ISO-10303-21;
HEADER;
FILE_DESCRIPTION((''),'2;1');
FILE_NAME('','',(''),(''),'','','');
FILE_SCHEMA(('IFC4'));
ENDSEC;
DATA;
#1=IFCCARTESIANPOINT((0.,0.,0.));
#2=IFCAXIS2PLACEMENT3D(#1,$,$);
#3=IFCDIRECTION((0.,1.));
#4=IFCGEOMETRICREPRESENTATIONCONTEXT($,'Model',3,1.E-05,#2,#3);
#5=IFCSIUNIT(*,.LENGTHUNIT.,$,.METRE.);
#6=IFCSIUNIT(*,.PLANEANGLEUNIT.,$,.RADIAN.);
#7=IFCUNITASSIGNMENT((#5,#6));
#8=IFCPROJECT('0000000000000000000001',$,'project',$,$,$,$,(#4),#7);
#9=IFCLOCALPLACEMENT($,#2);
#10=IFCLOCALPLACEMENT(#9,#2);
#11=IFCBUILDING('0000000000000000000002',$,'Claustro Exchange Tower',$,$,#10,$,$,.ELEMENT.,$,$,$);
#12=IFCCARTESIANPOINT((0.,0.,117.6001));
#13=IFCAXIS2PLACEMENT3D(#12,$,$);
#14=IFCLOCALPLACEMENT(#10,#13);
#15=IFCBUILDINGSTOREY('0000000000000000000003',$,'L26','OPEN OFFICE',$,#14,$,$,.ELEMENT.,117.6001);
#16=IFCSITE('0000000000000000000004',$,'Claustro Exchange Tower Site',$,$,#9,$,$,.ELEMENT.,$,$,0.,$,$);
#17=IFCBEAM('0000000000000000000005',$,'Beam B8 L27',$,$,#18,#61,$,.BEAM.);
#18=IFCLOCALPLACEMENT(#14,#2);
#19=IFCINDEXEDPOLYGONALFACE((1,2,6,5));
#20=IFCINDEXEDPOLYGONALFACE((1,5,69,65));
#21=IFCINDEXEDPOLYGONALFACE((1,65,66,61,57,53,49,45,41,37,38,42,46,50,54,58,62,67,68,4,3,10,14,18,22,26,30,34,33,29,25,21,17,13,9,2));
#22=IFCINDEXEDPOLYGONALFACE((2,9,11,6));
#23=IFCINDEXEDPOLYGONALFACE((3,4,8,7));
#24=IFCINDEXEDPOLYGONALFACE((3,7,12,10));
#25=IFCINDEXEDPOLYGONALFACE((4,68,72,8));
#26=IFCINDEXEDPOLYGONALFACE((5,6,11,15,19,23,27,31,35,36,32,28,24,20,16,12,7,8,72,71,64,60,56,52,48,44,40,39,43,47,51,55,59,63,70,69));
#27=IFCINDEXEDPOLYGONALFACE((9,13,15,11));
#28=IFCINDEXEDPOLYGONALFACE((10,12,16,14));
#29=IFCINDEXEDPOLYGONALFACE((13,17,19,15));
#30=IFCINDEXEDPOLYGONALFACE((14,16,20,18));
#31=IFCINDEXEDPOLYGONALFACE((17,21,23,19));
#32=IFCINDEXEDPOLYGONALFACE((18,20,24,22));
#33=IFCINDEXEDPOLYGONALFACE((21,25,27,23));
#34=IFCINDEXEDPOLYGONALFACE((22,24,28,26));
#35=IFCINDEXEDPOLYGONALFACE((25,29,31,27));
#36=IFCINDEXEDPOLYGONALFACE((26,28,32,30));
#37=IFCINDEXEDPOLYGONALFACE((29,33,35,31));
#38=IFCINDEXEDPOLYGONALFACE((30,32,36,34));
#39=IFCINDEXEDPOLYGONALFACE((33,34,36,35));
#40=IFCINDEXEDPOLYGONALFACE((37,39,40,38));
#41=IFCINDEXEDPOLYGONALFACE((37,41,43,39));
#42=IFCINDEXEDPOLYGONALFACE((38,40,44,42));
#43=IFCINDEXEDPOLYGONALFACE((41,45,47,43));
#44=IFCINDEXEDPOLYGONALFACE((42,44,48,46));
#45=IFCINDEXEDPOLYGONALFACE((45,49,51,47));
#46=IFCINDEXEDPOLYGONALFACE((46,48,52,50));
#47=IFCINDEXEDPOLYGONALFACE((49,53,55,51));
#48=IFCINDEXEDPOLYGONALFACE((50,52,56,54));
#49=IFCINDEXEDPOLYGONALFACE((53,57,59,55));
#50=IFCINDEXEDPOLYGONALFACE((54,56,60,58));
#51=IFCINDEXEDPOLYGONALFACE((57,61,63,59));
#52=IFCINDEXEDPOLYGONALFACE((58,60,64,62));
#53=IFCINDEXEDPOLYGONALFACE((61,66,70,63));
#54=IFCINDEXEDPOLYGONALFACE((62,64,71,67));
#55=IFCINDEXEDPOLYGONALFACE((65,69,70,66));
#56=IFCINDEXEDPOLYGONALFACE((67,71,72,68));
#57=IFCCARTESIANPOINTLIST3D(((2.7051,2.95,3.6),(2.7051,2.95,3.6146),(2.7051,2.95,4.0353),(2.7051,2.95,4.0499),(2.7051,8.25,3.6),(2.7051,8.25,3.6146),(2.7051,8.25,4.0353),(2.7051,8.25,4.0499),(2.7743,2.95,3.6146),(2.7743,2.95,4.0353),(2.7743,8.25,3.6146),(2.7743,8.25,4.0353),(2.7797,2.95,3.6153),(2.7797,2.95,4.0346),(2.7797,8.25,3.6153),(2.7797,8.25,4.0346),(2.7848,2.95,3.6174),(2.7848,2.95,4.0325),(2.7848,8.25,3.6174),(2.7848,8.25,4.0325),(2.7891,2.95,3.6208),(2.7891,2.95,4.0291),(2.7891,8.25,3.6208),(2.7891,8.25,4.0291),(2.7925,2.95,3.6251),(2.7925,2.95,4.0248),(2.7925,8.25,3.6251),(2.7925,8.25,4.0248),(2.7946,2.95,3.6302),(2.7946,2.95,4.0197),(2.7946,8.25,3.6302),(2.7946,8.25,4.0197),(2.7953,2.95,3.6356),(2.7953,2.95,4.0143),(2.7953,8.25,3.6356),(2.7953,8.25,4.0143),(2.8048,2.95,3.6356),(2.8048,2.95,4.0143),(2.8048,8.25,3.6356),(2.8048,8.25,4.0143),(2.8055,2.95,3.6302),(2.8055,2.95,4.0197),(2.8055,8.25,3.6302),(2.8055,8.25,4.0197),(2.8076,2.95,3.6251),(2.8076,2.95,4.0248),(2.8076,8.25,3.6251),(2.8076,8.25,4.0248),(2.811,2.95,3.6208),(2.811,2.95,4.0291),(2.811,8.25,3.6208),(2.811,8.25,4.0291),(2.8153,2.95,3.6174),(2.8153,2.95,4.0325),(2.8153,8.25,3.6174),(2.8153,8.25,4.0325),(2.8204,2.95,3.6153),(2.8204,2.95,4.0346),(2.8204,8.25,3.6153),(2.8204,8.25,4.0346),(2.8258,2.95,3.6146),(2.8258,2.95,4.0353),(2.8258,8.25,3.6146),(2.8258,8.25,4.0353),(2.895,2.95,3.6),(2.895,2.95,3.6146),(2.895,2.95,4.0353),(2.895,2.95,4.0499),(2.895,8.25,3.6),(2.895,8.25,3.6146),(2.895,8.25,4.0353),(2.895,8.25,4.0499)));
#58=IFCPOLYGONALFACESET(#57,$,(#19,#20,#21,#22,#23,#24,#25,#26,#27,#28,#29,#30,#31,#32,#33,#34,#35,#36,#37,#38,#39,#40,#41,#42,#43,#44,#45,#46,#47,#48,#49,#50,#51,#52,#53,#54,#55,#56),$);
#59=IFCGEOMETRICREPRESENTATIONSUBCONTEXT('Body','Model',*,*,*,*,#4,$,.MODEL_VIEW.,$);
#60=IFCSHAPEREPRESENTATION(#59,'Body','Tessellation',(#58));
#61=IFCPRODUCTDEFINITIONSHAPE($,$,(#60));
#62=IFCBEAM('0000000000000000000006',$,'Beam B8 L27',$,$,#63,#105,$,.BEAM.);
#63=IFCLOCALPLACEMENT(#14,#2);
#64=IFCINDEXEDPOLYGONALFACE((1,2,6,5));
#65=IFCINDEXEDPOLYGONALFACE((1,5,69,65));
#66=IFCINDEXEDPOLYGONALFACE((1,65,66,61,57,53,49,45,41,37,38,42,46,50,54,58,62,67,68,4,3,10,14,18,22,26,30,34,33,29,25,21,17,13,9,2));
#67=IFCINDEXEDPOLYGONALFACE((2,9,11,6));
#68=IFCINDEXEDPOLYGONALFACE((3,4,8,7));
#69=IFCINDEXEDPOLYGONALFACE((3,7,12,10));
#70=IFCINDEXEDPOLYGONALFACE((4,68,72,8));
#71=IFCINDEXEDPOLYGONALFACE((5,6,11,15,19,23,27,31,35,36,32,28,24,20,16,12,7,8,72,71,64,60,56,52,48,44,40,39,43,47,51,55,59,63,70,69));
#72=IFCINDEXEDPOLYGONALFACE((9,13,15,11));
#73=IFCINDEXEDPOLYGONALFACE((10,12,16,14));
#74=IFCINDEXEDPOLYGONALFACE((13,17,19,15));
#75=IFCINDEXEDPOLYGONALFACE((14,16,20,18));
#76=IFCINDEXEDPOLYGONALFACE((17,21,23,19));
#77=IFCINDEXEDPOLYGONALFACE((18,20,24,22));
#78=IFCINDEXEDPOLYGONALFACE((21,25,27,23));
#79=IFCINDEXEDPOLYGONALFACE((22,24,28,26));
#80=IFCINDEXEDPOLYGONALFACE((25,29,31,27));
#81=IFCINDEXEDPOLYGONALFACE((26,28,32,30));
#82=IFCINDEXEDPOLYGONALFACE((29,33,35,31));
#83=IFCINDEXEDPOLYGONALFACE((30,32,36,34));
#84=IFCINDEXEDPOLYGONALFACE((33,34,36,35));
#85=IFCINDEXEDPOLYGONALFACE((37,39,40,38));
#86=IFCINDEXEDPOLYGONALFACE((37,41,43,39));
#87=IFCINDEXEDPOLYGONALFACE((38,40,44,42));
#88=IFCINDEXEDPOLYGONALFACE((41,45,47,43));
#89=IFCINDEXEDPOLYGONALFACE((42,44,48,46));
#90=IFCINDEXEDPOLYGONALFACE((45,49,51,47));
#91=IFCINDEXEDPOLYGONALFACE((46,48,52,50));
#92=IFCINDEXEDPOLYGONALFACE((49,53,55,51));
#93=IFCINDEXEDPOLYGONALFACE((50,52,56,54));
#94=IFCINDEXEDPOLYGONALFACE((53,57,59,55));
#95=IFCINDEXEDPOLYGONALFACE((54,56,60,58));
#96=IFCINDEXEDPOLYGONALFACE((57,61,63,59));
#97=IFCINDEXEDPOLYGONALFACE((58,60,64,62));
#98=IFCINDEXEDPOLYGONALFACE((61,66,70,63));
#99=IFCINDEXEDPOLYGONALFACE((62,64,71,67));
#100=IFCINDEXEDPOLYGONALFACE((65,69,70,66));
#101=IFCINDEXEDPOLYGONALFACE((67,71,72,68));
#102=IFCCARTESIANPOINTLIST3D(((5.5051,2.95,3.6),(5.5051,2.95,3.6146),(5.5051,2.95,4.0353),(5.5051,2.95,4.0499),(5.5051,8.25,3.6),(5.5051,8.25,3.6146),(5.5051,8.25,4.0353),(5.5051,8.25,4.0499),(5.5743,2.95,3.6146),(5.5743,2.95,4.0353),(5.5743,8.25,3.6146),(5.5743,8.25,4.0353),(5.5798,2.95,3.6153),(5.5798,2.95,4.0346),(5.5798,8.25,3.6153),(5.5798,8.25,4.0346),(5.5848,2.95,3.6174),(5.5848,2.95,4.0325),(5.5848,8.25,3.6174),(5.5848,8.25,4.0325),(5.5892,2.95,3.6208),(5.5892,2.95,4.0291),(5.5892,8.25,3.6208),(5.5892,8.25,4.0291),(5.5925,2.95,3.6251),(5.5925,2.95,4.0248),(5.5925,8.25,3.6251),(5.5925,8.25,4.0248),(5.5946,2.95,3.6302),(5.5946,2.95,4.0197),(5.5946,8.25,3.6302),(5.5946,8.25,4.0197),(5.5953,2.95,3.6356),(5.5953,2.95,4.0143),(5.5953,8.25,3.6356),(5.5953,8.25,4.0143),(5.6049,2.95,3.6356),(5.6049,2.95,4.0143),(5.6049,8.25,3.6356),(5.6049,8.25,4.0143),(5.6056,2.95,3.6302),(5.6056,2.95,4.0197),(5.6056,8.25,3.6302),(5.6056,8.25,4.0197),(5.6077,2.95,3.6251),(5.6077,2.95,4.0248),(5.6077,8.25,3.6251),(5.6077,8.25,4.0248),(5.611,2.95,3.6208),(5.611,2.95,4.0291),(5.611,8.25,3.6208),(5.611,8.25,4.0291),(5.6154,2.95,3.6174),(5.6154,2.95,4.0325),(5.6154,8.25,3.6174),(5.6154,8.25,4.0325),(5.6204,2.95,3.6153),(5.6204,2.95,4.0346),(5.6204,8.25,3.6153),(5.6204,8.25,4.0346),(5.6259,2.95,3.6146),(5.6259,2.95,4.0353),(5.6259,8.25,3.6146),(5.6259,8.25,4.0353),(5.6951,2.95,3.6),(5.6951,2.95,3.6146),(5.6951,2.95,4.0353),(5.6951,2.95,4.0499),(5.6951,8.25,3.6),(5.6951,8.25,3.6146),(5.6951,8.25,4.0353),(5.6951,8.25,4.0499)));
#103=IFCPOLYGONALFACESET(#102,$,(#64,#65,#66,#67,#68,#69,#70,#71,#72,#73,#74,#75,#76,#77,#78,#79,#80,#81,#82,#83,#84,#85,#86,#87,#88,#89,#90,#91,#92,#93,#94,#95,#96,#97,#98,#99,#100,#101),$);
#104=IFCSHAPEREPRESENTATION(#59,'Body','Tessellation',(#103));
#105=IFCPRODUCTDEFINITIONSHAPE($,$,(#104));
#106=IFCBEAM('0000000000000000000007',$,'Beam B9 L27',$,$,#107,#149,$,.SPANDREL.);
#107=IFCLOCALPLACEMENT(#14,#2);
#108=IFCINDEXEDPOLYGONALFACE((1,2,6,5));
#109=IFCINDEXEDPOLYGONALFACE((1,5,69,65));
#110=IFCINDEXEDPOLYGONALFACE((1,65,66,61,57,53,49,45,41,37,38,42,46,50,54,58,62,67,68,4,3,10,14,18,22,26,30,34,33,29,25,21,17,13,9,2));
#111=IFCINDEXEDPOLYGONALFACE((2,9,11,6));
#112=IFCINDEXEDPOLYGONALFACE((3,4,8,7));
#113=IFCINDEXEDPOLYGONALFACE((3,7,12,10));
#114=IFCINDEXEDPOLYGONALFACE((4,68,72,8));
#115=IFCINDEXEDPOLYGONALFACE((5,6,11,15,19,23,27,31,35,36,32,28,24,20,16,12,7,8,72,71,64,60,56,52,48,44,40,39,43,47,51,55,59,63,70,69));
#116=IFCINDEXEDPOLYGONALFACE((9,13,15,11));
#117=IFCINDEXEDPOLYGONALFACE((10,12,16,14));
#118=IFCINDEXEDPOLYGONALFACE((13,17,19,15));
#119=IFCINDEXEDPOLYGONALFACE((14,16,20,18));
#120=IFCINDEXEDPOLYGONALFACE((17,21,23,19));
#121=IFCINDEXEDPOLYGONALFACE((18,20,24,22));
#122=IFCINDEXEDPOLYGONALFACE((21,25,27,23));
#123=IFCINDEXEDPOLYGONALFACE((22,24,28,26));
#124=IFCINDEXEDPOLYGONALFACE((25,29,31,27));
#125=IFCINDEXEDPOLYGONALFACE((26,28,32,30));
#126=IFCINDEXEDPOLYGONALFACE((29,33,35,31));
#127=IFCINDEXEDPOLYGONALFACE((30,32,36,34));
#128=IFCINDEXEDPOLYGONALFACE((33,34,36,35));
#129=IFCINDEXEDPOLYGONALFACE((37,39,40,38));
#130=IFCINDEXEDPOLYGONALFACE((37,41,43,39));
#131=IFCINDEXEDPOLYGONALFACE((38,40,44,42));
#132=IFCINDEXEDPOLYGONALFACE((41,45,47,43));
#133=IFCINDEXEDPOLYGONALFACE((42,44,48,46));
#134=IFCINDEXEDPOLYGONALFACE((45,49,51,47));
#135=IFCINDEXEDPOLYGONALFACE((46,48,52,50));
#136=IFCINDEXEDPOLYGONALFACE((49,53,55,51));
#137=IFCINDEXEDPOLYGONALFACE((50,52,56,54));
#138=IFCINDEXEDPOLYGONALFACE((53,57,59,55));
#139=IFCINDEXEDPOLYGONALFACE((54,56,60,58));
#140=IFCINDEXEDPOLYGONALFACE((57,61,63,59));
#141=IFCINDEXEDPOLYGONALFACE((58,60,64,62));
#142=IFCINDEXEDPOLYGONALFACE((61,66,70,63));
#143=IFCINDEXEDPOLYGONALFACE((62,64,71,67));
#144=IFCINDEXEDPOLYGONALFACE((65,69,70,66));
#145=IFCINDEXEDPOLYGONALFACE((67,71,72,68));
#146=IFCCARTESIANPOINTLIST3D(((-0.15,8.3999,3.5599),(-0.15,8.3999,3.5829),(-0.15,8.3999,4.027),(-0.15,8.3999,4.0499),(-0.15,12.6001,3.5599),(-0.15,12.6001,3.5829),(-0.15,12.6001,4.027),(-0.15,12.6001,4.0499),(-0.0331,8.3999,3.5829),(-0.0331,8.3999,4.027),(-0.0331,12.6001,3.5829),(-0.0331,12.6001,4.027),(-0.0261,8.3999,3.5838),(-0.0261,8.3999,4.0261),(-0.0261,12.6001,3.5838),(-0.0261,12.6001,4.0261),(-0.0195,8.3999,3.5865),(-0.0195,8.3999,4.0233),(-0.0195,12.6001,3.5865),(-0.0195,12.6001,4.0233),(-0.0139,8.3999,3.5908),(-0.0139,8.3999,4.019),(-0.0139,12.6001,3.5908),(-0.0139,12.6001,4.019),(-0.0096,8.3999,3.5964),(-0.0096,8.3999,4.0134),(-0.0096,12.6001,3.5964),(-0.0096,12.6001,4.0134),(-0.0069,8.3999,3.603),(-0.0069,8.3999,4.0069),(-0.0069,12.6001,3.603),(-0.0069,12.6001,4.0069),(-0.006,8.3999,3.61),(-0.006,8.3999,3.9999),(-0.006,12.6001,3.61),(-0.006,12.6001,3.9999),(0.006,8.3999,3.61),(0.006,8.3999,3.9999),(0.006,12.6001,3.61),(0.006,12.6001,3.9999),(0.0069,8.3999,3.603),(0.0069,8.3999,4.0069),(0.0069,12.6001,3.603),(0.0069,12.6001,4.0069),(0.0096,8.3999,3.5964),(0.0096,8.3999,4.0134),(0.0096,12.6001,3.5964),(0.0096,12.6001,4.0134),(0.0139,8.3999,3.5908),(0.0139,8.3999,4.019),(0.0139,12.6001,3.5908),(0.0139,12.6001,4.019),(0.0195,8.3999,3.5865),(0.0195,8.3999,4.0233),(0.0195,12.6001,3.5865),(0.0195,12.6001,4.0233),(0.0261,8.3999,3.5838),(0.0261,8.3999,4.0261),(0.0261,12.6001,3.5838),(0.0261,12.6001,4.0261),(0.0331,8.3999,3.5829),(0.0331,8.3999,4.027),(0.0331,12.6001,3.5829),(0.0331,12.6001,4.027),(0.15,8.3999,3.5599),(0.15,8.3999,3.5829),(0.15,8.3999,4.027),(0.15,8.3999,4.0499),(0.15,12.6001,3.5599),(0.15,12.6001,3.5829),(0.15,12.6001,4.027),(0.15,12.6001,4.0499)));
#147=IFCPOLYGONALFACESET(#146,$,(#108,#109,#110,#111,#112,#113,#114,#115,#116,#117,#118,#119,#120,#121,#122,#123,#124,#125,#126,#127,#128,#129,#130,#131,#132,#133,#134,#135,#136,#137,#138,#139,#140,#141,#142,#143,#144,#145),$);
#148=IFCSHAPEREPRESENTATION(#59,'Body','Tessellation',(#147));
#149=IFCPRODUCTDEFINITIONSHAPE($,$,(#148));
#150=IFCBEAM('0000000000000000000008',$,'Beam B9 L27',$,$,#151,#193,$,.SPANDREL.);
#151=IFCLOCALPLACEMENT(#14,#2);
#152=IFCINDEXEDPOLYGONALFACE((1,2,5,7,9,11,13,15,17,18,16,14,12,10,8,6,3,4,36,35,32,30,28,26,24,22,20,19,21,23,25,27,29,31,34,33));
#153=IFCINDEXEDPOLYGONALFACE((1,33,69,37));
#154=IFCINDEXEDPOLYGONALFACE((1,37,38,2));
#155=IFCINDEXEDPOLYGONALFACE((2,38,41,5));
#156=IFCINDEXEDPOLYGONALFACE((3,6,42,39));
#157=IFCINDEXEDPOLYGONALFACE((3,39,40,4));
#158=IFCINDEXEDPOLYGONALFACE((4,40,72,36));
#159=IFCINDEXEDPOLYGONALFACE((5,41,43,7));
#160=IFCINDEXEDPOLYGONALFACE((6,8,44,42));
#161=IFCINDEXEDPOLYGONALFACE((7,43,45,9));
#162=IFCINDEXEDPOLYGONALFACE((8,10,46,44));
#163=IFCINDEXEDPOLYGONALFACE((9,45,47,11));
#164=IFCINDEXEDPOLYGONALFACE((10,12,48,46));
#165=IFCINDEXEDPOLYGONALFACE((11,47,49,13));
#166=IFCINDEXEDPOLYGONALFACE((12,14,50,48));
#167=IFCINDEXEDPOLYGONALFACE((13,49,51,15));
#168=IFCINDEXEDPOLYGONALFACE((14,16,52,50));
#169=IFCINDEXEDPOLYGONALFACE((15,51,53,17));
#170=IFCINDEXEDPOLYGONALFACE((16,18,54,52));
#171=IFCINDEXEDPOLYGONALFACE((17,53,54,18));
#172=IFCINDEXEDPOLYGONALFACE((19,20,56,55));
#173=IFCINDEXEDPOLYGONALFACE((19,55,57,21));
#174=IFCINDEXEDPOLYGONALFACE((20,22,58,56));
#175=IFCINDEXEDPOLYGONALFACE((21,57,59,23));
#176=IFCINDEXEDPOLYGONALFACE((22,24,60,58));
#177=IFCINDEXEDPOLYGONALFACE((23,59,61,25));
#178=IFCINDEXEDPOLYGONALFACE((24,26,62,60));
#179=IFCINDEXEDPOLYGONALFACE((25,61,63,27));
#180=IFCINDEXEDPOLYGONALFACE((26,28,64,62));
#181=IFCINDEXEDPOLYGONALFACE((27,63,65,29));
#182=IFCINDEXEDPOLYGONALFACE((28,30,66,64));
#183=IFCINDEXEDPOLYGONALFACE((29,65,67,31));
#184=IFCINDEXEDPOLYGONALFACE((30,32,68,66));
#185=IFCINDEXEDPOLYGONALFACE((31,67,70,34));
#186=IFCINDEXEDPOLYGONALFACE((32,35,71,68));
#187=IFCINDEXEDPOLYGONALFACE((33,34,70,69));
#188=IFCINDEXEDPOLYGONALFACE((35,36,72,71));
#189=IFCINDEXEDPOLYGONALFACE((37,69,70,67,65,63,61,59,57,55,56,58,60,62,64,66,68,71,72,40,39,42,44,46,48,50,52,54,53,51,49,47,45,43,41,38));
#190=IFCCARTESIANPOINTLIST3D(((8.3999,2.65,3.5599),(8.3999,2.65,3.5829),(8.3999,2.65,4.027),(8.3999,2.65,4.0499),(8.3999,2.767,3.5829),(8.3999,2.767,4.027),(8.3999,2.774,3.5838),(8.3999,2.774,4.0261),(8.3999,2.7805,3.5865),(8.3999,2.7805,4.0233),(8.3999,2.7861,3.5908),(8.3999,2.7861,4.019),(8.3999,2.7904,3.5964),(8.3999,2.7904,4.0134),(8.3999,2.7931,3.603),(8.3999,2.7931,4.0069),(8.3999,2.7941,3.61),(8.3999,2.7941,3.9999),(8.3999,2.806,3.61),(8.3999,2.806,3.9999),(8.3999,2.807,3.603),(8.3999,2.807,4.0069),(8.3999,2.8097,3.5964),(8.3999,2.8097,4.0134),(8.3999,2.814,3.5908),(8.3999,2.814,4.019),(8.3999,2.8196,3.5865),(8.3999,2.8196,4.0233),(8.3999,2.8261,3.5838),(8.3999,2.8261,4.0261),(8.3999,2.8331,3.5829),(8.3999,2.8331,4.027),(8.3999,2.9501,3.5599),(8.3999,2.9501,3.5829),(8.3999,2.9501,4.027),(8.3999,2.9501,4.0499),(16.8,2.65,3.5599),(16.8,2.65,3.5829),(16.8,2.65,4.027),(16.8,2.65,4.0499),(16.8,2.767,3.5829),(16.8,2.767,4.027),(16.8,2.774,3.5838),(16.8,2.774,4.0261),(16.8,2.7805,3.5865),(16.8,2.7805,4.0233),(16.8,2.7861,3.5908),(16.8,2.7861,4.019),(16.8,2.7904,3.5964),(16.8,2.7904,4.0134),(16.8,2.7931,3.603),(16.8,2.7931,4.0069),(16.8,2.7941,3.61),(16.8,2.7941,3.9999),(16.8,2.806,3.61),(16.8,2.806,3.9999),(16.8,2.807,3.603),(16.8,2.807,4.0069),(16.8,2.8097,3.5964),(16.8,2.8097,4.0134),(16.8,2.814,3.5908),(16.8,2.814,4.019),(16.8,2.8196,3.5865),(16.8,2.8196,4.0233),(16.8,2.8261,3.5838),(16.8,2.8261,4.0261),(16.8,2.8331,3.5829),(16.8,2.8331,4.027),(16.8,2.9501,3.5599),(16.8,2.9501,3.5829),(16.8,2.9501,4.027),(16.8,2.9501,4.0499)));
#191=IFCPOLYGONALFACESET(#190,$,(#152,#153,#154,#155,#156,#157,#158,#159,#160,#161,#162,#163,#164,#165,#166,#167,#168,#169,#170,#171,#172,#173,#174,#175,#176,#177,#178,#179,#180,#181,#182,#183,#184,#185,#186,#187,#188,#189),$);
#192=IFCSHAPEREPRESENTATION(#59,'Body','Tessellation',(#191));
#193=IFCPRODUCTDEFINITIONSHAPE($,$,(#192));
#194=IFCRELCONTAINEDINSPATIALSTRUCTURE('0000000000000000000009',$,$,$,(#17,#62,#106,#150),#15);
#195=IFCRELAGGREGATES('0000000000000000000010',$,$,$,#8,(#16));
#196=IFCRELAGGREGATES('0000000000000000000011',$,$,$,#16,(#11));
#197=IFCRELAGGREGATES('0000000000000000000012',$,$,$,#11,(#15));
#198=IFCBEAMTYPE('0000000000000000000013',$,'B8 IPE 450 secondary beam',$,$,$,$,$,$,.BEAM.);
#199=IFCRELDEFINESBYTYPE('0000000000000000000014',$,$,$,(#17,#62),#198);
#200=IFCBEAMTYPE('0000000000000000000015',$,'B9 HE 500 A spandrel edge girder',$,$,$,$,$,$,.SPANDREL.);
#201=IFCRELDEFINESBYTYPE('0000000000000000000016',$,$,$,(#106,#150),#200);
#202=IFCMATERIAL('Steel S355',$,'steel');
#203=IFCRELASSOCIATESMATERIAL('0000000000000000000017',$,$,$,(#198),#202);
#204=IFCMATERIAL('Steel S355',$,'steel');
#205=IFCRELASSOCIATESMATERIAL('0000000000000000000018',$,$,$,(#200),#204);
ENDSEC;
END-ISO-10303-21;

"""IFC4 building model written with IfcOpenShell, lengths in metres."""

from ifc_helpers import new_model, si_unit, direction, frame, origin, origin_2d, place, context, subcontext, project, spatial, i_section, extrude, material, material_profile, profile_set, type_object, element, save


model = new_model("IFC4")

# Units and contexts
model_context = context("Model", 3, precision=1e-05, world=origin(), true_north=direction((0.0, 1.0)))
body_context = subcontext(model_context, "Body", "Model", "MODEL_VIEW")
ifc_project = project(units=[si_unit("LENGTHUNIT", "METRE"), si_unit("PLANEANGLEUNIT", "RADIAN")], contexts=[model_context])

# Site, building, storey
site_placement = place(None, origin())
site = spatial("IfcSite", under=ifc_project, at=site_placement, Name="Claustro Exchange Tower Site", CompositionType="ELEMENT", RefElevation=0.0)
building_placement = place(site_placement, origin())
building = spatial("IfcBuilding", under=site, at=building_placement, Name="Claustro Exchange Tower", CompositionType="ELEMENT")
storey_placement = place(building_placement, frame((0.0, 0.0, 117.6001)))
storey = spatial("IfcBuildingStorey", under=building, at=storey_placement, Name="L26", Description="OPEN OFFICE", CompositionType="ELEMENT", Elevation=117.6001)

# Beams
ifc_material_1 = material(Name="Steel S355", Category="steel")
ifc_material_profile_1 = material_profile(ifc_material_1, i_section(OverallWidth=0.1899, OverallDepth=0.45, WebThickness=0.0095, FlangeThickness=0.0146, FilletRadius=0.021, at=origin_2d()), Name="IPE 450")
ifc_profile_set_1 = profile_set([ifc_material_profile_1], Name="Steel S355")
beam_type_1 = type_object("IfcBeamType", Name="B8 IPE 450 secondary beam", PredefinedType="BEAM", material=ifc_profile_set_1)
for number, where, z_axis, x_axis, name in (
    (1, (2.8, 2.95, 3.825), (0.0, 1.0, 0.0), (-1.0, 0.0, 0.0), "Beam B8 L27"),
    (2, (5.6001, 2.95, 3.825), (0.0, 1.0, 0.0), (-1.0, 0.0, 0.0), "Beam B8 L27"),
):
    element("IfcBeam", number, at=place(storey_placement, frame(where, z_axis=z_axis, x_axis=x_axis)), inside=storey, type_object=beam_type_1, Name=name, PredefinedType="BEAM", context=body_context, shape_type="SweptSolid", body=[
        extrude(i_section(OverallWidth=0.1899, OverallDepth=0.45, WebThickness=0.0095, FlangeThickness=0.0146, FilletRadius=0.021, at=origin_2d()), origin(), (0.0, 0.0, 1.0), 5.3),
    ])
ifc_material_2 = material(Name="Steel S355", Category="steel")
ifc_material_profile_2 = material_profile(ifc_material_2, i_section(OverallWidth=0.3, OverallDepth=0.49, WebThickness=0.012, FlangeThickness=0.0229, FilletRadius=0.0271, at=origin_2d()), Name="HE 500 A")
ifc_profile_set_2 = profile_set([ifc_material_profile_2], Name="Steel S355")
beam_type_2 = type_object("IfcBeamType", Name="B9 HE 500 A spandrel edge girder", PredefinedType="SPANDREL", material=ifc_profile_set_2)
beam_1_placement = place(storey_placement, frame((0.0, 8.3999, 3.8049), z_axis=(0.0, 1.0, 0.0), x_axis=(-1.0, 0.0, 0.0)))
element("IfcBeam", 3, at=beam_1_placement, inside=storey, type_object=beam_type_2, Name="Beam B9 L27", PredefinedType="SPANDREL", context=body_context, shape_type="SweptSolid", body=[
    extrude(i_section(OverallWidth=0.3, OverallDepth=0.49, WebThickness=0.012, FlangeThickness=0.0229, FilletRadius=0.0271, at=origin_2d()), origin(), (0.0, 0.0, 1.0), 4.2002),
])
beam_2_placement = place(storey_placement, frame((8.3999, 2.8, 3.8049), z_axis=(1.0, 0.0, 0.0), x_axis=(0.0, 1.0, 0.0)))
element("IfcBeam", 4, at=beam_2_placement, inside=storey, type_object=beam_type_2, Name="Beam B9 L27", PredefinedType="SPANDREL", context=body_context, shape_type="SweptSolid", body=[
    extrude(i_section(OverallWidth=0.3, OverallDepth=0.49, WebThickness=0.012, FlangeThickness=0.0229, FilletRadius=0.0271, at=origin_2d()), origin(), (0.0, 0.0, 1.0), 8.4001),
])

save(model, "model.ifc")
